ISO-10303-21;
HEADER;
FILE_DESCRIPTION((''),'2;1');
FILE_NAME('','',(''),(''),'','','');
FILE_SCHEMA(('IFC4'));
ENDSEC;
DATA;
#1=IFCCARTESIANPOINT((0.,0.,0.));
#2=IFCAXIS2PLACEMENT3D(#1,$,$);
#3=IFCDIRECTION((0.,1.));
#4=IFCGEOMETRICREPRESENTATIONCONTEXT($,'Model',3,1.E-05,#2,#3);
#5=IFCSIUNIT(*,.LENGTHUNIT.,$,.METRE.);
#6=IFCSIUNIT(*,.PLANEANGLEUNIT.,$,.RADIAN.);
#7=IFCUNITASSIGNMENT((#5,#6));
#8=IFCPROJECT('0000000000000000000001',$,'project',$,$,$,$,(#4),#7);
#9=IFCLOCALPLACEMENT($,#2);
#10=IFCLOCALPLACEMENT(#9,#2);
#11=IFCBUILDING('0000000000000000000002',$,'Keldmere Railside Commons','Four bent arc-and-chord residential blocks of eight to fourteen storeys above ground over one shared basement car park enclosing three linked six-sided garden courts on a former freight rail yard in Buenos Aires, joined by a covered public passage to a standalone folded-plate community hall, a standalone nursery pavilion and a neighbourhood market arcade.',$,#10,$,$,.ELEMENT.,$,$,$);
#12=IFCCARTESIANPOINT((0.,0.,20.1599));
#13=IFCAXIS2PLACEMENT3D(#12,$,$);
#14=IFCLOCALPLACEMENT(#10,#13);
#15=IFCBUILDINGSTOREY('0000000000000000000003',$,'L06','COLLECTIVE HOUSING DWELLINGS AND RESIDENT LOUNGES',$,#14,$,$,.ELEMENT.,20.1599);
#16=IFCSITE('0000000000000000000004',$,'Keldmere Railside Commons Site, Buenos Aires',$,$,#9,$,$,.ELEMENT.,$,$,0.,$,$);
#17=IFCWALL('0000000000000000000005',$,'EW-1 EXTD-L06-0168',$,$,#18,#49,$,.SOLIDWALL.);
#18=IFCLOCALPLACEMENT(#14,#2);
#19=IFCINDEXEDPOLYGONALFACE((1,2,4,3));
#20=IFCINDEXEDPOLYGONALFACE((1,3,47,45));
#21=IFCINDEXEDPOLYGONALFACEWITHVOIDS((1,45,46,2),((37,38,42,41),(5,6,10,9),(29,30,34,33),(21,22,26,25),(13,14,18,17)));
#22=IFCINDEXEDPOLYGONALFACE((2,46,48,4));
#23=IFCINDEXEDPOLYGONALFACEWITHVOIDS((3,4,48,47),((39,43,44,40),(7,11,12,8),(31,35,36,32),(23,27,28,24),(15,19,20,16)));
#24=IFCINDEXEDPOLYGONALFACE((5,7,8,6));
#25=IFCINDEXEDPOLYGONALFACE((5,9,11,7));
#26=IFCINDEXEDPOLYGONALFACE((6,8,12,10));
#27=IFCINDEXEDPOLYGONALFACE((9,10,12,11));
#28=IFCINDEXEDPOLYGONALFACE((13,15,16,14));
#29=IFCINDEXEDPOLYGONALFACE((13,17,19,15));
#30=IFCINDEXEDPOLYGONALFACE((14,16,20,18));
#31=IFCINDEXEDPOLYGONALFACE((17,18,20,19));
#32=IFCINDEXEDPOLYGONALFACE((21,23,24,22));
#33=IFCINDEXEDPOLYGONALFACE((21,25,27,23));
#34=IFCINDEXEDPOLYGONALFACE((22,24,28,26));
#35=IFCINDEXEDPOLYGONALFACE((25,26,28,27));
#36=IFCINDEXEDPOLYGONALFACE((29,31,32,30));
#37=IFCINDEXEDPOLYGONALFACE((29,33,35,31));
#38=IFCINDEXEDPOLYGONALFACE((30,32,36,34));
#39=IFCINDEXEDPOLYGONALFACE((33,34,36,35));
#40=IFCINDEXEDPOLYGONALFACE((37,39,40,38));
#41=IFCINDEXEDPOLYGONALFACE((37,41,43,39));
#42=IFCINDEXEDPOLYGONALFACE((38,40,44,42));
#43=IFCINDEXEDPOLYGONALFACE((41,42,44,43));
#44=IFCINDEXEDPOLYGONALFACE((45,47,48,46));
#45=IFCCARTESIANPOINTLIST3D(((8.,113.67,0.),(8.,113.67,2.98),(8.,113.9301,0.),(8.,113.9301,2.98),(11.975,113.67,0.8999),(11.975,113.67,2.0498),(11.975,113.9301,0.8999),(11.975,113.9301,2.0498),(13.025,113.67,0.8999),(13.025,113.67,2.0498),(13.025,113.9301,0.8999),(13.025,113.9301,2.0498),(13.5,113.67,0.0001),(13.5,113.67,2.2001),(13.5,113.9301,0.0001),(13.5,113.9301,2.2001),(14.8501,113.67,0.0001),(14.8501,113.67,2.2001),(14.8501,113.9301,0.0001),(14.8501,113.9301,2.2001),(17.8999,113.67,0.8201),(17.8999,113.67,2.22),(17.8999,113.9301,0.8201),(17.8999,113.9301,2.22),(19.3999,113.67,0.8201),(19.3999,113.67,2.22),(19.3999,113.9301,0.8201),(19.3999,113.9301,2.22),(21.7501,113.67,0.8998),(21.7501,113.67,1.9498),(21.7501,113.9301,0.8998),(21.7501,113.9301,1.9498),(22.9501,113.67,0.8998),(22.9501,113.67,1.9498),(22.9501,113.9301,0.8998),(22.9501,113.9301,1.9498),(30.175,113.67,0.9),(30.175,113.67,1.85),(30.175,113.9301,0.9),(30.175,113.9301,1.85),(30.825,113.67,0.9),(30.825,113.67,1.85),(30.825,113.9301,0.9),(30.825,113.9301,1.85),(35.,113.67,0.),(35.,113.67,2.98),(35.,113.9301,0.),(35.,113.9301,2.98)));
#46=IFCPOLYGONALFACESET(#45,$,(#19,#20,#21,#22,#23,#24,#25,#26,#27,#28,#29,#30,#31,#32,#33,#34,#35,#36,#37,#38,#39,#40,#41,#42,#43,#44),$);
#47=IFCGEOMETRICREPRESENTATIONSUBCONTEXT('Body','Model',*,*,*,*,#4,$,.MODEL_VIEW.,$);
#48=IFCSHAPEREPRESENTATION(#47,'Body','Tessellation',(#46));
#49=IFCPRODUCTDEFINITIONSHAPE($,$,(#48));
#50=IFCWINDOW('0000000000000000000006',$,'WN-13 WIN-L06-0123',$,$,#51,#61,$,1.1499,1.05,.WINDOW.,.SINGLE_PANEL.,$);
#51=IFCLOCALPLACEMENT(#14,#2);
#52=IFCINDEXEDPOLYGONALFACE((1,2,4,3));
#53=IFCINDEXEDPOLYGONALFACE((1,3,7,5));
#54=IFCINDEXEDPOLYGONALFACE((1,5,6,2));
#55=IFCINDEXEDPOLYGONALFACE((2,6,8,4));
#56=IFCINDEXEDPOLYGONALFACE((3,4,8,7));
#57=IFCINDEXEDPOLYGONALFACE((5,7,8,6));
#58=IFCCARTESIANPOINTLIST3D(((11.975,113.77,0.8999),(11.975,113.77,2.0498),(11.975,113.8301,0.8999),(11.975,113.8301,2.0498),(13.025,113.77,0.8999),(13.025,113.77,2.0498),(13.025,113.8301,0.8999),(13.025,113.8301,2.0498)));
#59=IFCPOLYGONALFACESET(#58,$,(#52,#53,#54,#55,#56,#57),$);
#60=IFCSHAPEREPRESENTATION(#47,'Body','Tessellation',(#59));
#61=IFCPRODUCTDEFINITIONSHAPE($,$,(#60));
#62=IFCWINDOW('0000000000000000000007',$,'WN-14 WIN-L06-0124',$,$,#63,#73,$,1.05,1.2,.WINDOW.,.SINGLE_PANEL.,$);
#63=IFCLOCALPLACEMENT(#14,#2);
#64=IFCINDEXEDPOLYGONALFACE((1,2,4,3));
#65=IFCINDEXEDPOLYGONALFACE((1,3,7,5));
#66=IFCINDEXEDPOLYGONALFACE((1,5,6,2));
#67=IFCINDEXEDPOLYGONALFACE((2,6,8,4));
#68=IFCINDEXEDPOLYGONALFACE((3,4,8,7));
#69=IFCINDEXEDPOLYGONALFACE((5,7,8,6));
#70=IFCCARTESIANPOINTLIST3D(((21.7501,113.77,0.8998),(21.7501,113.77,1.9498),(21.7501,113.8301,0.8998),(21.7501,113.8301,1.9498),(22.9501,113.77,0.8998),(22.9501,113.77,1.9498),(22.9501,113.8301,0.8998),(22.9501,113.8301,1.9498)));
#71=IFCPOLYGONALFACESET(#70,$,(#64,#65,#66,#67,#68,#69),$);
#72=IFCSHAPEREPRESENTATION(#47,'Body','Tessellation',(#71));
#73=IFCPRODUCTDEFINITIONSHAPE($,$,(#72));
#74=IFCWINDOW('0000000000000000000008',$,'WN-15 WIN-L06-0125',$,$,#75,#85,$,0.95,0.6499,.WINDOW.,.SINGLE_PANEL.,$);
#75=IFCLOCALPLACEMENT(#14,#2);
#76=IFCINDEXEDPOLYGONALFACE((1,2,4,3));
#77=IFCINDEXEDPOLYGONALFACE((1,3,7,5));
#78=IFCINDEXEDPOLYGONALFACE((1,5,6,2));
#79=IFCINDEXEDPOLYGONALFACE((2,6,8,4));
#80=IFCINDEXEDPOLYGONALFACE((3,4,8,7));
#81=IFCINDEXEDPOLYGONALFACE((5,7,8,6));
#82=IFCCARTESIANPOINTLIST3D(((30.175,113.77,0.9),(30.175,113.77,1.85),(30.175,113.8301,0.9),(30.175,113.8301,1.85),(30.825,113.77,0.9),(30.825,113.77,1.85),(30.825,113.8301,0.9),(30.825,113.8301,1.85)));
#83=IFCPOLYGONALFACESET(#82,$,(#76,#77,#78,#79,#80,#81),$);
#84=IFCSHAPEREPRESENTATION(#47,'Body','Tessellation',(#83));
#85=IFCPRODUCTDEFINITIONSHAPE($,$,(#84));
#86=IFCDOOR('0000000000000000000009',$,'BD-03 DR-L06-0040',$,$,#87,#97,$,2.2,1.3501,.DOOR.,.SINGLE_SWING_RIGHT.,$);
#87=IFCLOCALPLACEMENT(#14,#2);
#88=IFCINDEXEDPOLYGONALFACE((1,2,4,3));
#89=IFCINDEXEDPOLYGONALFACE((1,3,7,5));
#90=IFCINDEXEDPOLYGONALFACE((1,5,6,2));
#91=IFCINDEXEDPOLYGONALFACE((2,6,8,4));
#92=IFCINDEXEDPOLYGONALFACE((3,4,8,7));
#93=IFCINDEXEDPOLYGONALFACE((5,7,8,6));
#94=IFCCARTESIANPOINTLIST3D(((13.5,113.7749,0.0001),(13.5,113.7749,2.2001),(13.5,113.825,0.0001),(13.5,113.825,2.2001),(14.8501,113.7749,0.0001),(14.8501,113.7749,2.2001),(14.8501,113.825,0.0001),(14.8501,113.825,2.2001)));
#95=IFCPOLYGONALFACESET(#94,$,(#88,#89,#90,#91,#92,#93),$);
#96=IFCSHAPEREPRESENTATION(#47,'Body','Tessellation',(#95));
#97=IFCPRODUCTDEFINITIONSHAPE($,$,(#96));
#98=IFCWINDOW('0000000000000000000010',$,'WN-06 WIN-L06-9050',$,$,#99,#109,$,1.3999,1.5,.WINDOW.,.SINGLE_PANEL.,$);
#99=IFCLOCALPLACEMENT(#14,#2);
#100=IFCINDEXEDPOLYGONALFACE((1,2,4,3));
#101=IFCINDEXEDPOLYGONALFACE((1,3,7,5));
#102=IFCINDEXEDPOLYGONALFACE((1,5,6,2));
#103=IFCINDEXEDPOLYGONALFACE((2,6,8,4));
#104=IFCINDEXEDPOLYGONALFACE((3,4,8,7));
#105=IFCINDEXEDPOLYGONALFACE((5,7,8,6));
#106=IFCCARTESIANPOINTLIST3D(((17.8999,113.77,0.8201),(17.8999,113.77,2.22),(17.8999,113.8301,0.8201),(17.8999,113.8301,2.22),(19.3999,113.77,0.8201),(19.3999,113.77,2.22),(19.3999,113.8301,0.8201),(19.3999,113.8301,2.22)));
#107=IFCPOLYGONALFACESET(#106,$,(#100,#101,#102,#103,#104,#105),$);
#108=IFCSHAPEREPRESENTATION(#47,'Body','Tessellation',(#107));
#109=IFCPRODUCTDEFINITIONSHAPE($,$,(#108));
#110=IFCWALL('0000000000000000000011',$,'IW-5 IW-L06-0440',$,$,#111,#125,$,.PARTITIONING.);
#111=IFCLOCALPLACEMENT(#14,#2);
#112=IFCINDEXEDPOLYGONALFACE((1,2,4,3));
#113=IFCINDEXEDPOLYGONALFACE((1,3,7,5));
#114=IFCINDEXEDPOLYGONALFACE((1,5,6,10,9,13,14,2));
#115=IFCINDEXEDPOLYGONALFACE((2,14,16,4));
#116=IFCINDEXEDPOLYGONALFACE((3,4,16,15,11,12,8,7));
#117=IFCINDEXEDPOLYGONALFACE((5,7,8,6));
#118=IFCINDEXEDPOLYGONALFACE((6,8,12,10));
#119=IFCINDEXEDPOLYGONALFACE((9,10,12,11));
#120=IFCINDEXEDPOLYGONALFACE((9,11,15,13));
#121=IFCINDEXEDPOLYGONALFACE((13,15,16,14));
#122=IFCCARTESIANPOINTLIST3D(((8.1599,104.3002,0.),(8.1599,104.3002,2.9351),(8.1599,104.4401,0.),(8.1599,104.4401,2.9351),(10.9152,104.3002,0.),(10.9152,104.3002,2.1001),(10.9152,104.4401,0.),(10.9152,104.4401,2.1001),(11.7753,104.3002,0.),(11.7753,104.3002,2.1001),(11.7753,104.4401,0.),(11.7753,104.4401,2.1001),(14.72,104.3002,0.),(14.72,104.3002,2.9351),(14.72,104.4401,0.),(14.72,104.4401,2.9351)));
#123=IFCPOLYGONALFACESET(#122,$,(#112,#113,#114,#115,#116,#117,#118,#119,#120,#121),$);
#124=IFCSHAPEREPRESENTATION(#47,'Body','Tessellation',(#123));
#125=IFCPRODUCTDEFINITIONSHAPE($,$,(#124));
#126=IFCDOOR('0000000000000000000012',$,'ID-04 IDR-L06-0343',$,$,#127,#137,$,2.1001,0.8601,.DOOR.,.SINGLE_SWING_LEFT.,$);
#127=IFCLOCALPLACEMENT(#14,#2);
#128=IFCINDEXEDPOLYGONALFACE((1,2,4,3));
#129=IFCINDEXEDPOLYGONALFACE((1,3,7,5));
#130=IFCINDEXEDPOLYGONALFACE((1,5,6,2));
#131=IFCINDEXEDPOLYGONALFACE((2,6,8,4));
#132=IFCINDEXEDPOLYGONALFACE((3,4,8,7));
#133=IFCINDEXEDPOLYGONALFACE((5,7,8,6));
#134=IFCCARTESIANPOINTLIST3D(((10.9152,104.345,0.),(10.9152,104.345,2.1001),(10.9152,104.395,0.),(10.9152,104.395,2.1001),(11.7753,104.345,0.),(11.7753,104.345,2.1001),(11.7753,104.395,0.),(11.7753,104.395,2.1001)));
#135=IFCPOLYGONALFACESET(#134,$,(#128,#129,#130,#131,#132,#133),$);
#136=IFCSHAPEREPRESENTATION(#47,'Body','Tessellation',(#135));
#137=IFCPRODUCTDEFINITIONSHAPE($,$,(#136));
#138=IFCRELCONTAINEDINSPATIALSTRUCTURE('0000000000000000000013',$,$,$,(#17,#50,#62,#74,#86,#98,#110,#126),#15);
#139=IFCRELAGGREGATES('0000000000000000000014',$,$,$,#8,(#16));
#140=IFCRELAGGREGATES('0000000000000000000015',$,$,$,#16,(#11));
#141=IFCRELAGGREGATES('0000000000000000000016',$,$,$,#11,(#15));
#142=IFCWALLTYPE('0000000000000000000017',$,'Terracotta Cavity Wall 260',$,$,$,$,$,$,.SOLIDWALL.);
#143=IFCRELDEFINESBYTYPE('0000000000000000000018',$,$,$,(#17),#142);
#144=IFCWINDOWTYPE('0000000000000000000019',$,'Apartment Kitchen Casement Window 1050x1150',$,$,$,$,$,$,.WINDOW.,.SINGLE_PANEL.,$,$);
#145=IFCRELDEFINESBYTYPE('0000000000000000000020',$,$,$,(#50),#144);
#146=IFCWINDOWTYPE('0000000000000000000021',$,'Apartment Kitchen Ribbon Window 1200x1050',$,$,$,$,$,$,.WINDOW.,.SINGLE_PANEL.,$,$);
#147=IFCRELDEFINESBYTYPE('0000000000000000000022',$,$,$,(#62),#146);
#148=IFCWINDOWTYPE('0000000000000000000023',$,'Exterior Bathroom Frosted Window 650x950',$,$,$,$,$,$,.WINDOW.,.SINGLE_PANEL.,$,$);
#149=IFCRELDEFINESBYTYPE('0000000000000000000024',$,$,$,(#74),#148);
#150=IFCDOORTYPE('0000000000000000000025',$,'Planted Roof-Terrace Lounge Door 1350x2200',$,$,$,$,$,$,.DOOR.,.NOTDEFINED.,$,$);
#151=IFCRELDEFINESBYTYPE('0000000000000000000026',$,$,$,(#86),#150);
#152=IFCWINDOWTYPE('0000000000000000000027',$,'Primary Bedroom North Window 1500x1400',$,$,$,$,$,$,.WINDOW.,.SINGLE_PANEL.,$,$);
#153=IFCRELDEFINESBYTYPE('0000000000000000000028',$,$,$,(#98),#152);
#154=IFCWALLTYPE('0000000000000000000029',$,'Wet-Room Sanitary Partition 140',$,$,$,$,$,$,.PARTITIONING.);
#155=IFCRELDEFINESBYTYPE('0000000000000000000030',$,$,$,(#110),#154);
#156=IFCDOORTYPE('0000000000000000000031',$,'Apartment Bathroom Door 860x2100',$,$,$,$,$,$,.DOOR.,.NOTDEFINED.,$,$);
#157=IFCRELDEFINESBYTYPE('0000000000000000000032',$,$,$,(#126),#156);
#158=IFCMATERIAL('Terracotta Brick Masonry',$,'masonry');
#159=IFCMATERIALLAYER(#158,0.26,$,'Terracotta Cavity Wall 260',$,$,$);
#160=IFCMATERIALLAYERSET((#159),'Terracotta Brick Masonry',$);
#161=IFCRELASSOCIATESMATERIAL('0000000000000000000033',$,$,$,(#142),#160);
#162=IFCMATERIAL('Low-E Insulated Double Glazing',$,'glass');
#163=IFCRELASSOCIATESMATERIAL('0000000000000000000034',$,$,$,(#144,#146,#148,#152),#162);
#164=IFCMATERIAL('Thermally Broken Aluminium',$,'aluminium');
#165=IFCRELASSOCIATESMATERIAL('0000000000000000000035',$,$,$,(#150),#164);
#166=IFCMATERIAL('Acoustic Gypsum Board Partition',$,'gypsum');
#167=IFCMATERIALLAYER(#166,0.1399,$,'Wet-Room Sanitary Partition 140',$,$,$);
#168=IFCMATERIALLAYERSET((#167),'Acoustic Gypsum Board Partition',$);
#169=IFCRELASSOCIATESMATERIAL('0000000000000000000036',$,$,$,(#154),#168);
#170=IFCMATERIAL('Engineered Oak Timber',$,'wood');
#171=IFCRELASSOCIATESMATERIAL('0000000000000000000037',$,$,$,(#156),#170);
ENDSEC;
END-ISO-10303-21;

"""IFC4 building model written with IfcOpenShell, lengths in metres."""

from ifc_helpers import new_model, si_unit, direction, frame, frame_2d, origin, place, context, subcontext, project, spatial, rectangle, extrude, material, layer, layer_set, type_object, element, fill, save


model = new_model("IFC4")

# Units and contexts
model_context = context("Model", 3, precision=1e-05, world=origin(), true_north=direction((0.0, 1.0)))
body_context = subcontext(model_context, "Body", "Model", "MODEL_VIEW")
ifc_project = project(units=[si_unit("LENGTHUNIT", "METRE"), si_unit("PLANEANGLEUNIT", "RADIAN")], contexts=[model_context])

# Site, building, storey
site_placement = place(None, origin())
site = spatial("IfcSite", under=ifc_project, at=site_placement, Name="Keldmere Railside Commons Site, Buenos Aires", CompositionType="ELEMENT", RefElevation=0.0)
building_placement = place(site_placement, origin())
building = spatial("IfcBuilding", under=site, at=building_placement, Name="Keldmere Railside Commons", Description="Four bent arc-and-chord residential blocks of eight to fourteen storeys above ground over one shared basement car park enclosing three linked six-sided garden courts on a former freight rail yard in Buenos Aires, joined by a covered public passage to a standalone folded-plate community hall, a standalone nursery pavilion and a neighbourhood market arcade.", CompositionType="ELEMENT")
storey_placement = place(building_placement, frame((0.0, 0.0, 20.1599)))
storey = spatial("IfcBuildingStorey", under=building, at=storey_placement, Name="L06", Description="COLLECTIVE HOUSING DWELLINGS AND RESIDENT LOUNGES", CompositionType="ELEMENT", Elevation=20.1599)

# Shared definitions
ifc_material_1 = material(Name="Acoustic Gypsum Board Partition", Category="gypsum")
ifc_material_2 = material(Name="Engineered Oak Timber", Category="wood")

# Wall, openings, windows, door
ifc_material_3 = material(Name="Terracotta Brick Masonry", Category="masonry")
ifc_layer_1 = layer(ifc_material_3, 0.26, Name="Terracotta Cavity Wall 260")
ifc_layer_set_1 = layer_set([ifc_layer_1], Name="Terracotta Brick Masonry")
wall_type_1 = type_object("IfcWallType", Name="Terracotta Cavity Wall 260", PredefinedType="SOLIDWALL", material=ifc_layer_set_1)
wall_1_placement = place(storey_placement, frame((8.0, 113.8, 0.0), z_axis=(0.0, 0.0, 1.0), x_axis=(1.0, 0.0, 0.0)))
wall_1 = element("IfcWall", 1, at=wall_1_placement, inside=storey, type_object=wall_type_1, Name="EW-1 EXTD-L06-0168", PredefinedType="SOLIDWALL", context=body_context, shape_type="SweptSolid", body=[
    extrude(rectangle(XDim=27.0, YDim=0.26, at=frame_2d((13.5, 0.0))), origin(), (0.0, 0.0, 1.0), 2.98),
])
opening_1_placement = place(wall_1_placement, frame((5.5, 0.0, 0.0)))
opening_1 = element("IfcOpeningElement", 2, at=opening_1_placement, cuts=wall_1, PredefinedType="OPENING", context=body_context, shape_type="SweptSolid", body=[
    extrude(rectangle(XDim=1.3501, YDim=2.2, at=frame_2d((0.675, 1.1001))), frame((0.0, 0.1399, 0.0), z_axis=(0.0, -1.0, 0.0), x_axis=(1.0, 0.0, 0.0)), (0.0, 0.0, 1.0), 0.28),
])
opening_2_placement = place(wall_1_placement, frame((3.9751, 0.0, 0.8999)))
opening_2 = element("IfcOpeningElement", 3, at=opening_2_placement, cuts=wall_1, PredefinedType="OPENING", context=body_context, shape_type="SweptSolid", body=[
    extrude(rectangle(XDim=1.05, YDim=1.1499, at=frame_2d((0.5249, 0.575))), frame((0.0, 0.1399, 0.0), z_axis=(0.0, -1.0, 0.0), x_axis=(1.0, 0.0, 0.0)), (0.0, 0.0, 1.0), 0.28),
])
opening_3_placement = place(wall_1_placement, frame((13.75, 0.0, 0.8999)))
opening_3 = element("IfcOpeningElement", 4, at=opening_3_placement, cuts=wall_1, PredefinedType="OPENING", context=body_context, shape_type="SweptSolid", body=[
    extrude(rectangle(XDim=1.2, YDim=1.05, at=frame_2d((0.6001, 0.5249))), frame((0.0, 0.1399, 0.0), z_axis=(0.0, -1.0, 0.0), x_axis=(1.0, 0.0, 0.0)), (0.0, 0.0, 1.0), 0.28),
])
opening_4_placement = place(wall_1_placement, frame((22.175, 0.0, 0.8999)))
opening_4 = element("IfcOpeningElement", 5, at=opening_4_placement, cuts=wall_1, PredefinedType="OPENING", context=body_context, shape_type="SweptSolid", body=[
    extrude(rectangle(XDim=0.6499, YDim=0.95, at=frame_2d((0.325, 0.4751))), frame((0.0, 0.1399, 0.0), z_axis=(0.0, -1.0, 0.0), x_axis=(1.0, 0.0, 0.0)), (0.0, 0.0, 1.0), 0.28),
])
opening_5_placement = place(wall_1_placement, frame((9.8999, 0.0, 0.8201)))
opening_5 = element("IfcOpeningElement", 6, at=opening_5_placement, cuts=wall_1, PredefinedType="OPENING", context=body_context, shape_type="SweptSolid", body=[
    extrude(rectangle(XDim=1.5, YDim=1.3999, at=frame_2d((0.75, 0.7))), frame((0.0, 0.1399, 0.0), z_axis=(0.0, -1.0, 0.0), x_axis=(1.0, 0.0, 0.0)), (0.0, 0.0, 1.0), 0.28),
])
ifc_material_4 = material(Name="Low-E Insulated Double Glazing", Category="glass")
window_type_1 = type_object("IfcWindowType", Name="Apartment Kitchen Casement Window 1050x1150", PartitioningType="SINGLE_PANEL", PredefinedType="WINDOW", material=ifc_material_4)
window_1_placement = place(opening_2_placement, origin())
window_1 = element("IfcWindow", 7, at=window_1_placement, inside=storey, type_object=window_type_1, Name="WN-13 WIN-L06-0123", OverallHeight=1.1499, OverallWidth=1.05, PartitioningType="SINGLE_PANEL", PredefinedType="WINDOW", context=body_context, shape_type="SweptSolid", body=[
    extrude(rectangle(XDim=1.05, YDim=1.1499, at=frame_2d((0.5249, 0.575))), frame((0.0, 0.03, 0.0), z_axis=(0.0, -1.0, 0.0), x_axis=(1.0, 0.0, 0.0)), (0.0, 0.0, 1.0), 0.0601),
])
fill(opening_2, window_1)
window_type_2 = type_object("IfcWindowType", Name="Apartment Kitchen Ribbon Window 1200x1050", PartitioningType="SINGLE_PANEL", PredefinedType="WINDOW", material=ifc_material_4)
window_2_placement = place(opening_3_placement, origin())
window_2 = element("IfcWindow", 8, at=window_2_placement, inside=storey, type_object=window_type_2, Name="WN-14 WIN-L06-0124", OverallHeight=1.05, OverallWidth=1.2, PartitioningType="SINGLE_PANEL", PredefinedType="WINDOW", context=body_context, shape_type="SweptSolid", body=[
    extrude(rectangle(XDim=1.2, YDim=1.05, at=frame_2d((0.6001, 0.5249))), frame((0.0, 0.03, 0.0), z_axis=(0.0, -1.0, 0.0), x_axis=(1.0, 0.0, 0.0)), (0.0, 0.0, 1.0), 0.0601),
])
fill(opening_3, window_2)
window_type_3 = type_object("IfcWindowType", Name="Exterior Bathroom Frosted Window 650x950", PartitioningType="SINGLE_PANEL", PredefinedType="WINDOW", material=ifc_material_4)
window_3_placement = place(opening_4_placement, origin())
window_3 = element("IfcWindow", 9, at=window_3_placement, inside=storey, type_object=window_type_3, Name="WN-15 WIN-L06-0125", OverallHeight=0.95, OverallWidth=0.6499, PartitioningType="SINGLE_PANEL", PredefinedType="WINDOW", context=body_context, shape_type="SweptSolid", body=[
    extrude(rectangle(XDim=0.6499, YDim=0.95, at=frame_2d((0.325, 0.4751))), frame((0.0, 0.03, 0.0), z_axis=(0.0, -1.0, 0.0), x_axis=(1.0, 0.0, 0.0)), (0.0, 0.0, 1.0), 0.0601),
])
fill(opening_4, window_3)
ifc_material_5 = material(Name="Thermally Broken Aluminium", Category="aluminium")
door_type_1 = type_object("IfcDoorType", Name="Planted Roof-Terrace Lounge Door 1350x2200", OperationType="NOTDEFINED", PredefinedType="DOOR", material=ifc_material_5)
door_1_placement = place(opening_1_placement, origin())
door_1 = element("IfcDoor", 10, at=door_1_placement, inside=storey, type_object=door_type_1, Name="BD-03 DR-L06-0040", OperationType="SINGLE_SWING_RIGHT", OverallHeight=2.2, OverallWidth=1.3501, PredefinedType="DOOR", context=body_context, shape_type="SweptSolid", body=[
    extrude(rectangle(XDim=1.3501, YDim=2.2, at=frame_2d((0.675, 1.1001))), frame((0.0, 0.0249, 0.0), z_axis=(0.0, -1.0, 0.0), x_axis=(1.0, 0.0, 0.0)), (0.0, 0.0, 1.0), 0.05),
])
fill(opening_1, door_1)
window_type_4 = type_object("IfcWindowType", Name="Primary Bedroom North Window 1500x1400", PartitioningType="SINGLE_PANEL", PredefinedType="WINDOW", material=ifc_material_4)
window_4_placement = place(opening_5_placement, origin())
window_4 = element("IfcWindow", 11, at=window_4_placement, inside=storey, type_object=window_type_4, Name="WN-06 WIN-L06-9050", OverallHeight=1.3999, OverallWidth=1.5, PartitioningType="SINGLE_PANEL", PredefinedType="WINDOW", context=body_context, shape_type="SweptSolid", body=[
    extrude(rectangle(XDim=1.5, YDim=1.3999, at=frame_2d((0.75, 0.7))), frame((0.0, 0.03, 0.0), z_axis=(0.0, -1.0, 0.0), x_axis=(1.0, 0.0, 0.0)), (0.0, 0.0, 1.0), 0.0601),
])
fill(opening_5, window_4)

# Wall, opening, door
ifc_layer_2 = layer(ifc_material_1, 0.1399, Name="Wet-Room Sanitary Partition 140")
ifc_layer_set_2 = layer_set([ifc_layer_2], Name="Acoustic Gypsum Board Partition")
wall_type_2 = type_object("IfcWallType", Name="Wet-Room Sanitary Partition 140", PredefinedType="PARTITIONING", material=ifc_layer_set_2)
wall_2_placement = place(storey_placement, frame((8.1599, 104.3701, 0.0), z_axis=(0.0, 0.0, 1.0), x_axis=(1.0, 0.0, 0.0)))
wall_2 = element("IfcWall", 12, at=wall_2_placement, inside=storey, type_object=wall_type_2, Name="IW-5 IW-L06-0440", PredefinedType="PARTITIONING", context=body_context, shape_type="SweptSolid", body=[
    extrude(rectangle(XDim=6.5601, YDim=0.1399, at=frame_2d((3.28, 0.0))), origin(), (0.0, 0.0, 1.0), 2.9351),
])
opening_6_placement = place(wall_2_placement, frame((2.7551, 0.0, 0.0)))
opening_6 = element("IfcOpeningElement", 13, at=opening_6_placement, cuts=wall_2, PredefinedType="OPENING", context=body_context, shape_type="SweptSolid", body=[
    extrude(rectangle(XDim=0.8601, YDim=2.1001, at=frame_2d((0.4302, 1.05))), frame((0.0, 0.0798, 0.0), z_axis=(0.0, -1.0, 0.0), x_axis=(1.0, 0.0, 0.0)), (0.0, 0.0, 1.0), 0.1599),
])
door_type_2 = type_object("IfcDoorType", Name="Apartment Bathroom Door 860x2100", OperationType="NOTDEFINED", PredefinedType="DOOR", material=ifc_material_2)
door_2_placement = place(opening_6_placement, origin())
door_2 = element("IfcDoor", 14, at=door_2_placement, inside=storey, type_object=door_type_2, Name="ID-04 IDR-L06-0343", OperationType="SINGLE_SWING_LEFT", OverallHeight=2.1001, OverallWidth=0.8601, PredefinedType="DOOR", context=body_context, shape_type="SweptSolid", body=[
    extrude(rectangle(XDim=0.8601, YDim=2.1001, at=frame_2d((0.4302, 1.05))), frame((0.0, 0.0249, 0.0), z_axis=(0.0, -1.0, 0.0), x_axis=(1.0, 0.0, 0.0)), (0.0, 0.0, 1.0), 0.05),
])
fill(opening_6, door_2)

save(model, "model.ifc")
